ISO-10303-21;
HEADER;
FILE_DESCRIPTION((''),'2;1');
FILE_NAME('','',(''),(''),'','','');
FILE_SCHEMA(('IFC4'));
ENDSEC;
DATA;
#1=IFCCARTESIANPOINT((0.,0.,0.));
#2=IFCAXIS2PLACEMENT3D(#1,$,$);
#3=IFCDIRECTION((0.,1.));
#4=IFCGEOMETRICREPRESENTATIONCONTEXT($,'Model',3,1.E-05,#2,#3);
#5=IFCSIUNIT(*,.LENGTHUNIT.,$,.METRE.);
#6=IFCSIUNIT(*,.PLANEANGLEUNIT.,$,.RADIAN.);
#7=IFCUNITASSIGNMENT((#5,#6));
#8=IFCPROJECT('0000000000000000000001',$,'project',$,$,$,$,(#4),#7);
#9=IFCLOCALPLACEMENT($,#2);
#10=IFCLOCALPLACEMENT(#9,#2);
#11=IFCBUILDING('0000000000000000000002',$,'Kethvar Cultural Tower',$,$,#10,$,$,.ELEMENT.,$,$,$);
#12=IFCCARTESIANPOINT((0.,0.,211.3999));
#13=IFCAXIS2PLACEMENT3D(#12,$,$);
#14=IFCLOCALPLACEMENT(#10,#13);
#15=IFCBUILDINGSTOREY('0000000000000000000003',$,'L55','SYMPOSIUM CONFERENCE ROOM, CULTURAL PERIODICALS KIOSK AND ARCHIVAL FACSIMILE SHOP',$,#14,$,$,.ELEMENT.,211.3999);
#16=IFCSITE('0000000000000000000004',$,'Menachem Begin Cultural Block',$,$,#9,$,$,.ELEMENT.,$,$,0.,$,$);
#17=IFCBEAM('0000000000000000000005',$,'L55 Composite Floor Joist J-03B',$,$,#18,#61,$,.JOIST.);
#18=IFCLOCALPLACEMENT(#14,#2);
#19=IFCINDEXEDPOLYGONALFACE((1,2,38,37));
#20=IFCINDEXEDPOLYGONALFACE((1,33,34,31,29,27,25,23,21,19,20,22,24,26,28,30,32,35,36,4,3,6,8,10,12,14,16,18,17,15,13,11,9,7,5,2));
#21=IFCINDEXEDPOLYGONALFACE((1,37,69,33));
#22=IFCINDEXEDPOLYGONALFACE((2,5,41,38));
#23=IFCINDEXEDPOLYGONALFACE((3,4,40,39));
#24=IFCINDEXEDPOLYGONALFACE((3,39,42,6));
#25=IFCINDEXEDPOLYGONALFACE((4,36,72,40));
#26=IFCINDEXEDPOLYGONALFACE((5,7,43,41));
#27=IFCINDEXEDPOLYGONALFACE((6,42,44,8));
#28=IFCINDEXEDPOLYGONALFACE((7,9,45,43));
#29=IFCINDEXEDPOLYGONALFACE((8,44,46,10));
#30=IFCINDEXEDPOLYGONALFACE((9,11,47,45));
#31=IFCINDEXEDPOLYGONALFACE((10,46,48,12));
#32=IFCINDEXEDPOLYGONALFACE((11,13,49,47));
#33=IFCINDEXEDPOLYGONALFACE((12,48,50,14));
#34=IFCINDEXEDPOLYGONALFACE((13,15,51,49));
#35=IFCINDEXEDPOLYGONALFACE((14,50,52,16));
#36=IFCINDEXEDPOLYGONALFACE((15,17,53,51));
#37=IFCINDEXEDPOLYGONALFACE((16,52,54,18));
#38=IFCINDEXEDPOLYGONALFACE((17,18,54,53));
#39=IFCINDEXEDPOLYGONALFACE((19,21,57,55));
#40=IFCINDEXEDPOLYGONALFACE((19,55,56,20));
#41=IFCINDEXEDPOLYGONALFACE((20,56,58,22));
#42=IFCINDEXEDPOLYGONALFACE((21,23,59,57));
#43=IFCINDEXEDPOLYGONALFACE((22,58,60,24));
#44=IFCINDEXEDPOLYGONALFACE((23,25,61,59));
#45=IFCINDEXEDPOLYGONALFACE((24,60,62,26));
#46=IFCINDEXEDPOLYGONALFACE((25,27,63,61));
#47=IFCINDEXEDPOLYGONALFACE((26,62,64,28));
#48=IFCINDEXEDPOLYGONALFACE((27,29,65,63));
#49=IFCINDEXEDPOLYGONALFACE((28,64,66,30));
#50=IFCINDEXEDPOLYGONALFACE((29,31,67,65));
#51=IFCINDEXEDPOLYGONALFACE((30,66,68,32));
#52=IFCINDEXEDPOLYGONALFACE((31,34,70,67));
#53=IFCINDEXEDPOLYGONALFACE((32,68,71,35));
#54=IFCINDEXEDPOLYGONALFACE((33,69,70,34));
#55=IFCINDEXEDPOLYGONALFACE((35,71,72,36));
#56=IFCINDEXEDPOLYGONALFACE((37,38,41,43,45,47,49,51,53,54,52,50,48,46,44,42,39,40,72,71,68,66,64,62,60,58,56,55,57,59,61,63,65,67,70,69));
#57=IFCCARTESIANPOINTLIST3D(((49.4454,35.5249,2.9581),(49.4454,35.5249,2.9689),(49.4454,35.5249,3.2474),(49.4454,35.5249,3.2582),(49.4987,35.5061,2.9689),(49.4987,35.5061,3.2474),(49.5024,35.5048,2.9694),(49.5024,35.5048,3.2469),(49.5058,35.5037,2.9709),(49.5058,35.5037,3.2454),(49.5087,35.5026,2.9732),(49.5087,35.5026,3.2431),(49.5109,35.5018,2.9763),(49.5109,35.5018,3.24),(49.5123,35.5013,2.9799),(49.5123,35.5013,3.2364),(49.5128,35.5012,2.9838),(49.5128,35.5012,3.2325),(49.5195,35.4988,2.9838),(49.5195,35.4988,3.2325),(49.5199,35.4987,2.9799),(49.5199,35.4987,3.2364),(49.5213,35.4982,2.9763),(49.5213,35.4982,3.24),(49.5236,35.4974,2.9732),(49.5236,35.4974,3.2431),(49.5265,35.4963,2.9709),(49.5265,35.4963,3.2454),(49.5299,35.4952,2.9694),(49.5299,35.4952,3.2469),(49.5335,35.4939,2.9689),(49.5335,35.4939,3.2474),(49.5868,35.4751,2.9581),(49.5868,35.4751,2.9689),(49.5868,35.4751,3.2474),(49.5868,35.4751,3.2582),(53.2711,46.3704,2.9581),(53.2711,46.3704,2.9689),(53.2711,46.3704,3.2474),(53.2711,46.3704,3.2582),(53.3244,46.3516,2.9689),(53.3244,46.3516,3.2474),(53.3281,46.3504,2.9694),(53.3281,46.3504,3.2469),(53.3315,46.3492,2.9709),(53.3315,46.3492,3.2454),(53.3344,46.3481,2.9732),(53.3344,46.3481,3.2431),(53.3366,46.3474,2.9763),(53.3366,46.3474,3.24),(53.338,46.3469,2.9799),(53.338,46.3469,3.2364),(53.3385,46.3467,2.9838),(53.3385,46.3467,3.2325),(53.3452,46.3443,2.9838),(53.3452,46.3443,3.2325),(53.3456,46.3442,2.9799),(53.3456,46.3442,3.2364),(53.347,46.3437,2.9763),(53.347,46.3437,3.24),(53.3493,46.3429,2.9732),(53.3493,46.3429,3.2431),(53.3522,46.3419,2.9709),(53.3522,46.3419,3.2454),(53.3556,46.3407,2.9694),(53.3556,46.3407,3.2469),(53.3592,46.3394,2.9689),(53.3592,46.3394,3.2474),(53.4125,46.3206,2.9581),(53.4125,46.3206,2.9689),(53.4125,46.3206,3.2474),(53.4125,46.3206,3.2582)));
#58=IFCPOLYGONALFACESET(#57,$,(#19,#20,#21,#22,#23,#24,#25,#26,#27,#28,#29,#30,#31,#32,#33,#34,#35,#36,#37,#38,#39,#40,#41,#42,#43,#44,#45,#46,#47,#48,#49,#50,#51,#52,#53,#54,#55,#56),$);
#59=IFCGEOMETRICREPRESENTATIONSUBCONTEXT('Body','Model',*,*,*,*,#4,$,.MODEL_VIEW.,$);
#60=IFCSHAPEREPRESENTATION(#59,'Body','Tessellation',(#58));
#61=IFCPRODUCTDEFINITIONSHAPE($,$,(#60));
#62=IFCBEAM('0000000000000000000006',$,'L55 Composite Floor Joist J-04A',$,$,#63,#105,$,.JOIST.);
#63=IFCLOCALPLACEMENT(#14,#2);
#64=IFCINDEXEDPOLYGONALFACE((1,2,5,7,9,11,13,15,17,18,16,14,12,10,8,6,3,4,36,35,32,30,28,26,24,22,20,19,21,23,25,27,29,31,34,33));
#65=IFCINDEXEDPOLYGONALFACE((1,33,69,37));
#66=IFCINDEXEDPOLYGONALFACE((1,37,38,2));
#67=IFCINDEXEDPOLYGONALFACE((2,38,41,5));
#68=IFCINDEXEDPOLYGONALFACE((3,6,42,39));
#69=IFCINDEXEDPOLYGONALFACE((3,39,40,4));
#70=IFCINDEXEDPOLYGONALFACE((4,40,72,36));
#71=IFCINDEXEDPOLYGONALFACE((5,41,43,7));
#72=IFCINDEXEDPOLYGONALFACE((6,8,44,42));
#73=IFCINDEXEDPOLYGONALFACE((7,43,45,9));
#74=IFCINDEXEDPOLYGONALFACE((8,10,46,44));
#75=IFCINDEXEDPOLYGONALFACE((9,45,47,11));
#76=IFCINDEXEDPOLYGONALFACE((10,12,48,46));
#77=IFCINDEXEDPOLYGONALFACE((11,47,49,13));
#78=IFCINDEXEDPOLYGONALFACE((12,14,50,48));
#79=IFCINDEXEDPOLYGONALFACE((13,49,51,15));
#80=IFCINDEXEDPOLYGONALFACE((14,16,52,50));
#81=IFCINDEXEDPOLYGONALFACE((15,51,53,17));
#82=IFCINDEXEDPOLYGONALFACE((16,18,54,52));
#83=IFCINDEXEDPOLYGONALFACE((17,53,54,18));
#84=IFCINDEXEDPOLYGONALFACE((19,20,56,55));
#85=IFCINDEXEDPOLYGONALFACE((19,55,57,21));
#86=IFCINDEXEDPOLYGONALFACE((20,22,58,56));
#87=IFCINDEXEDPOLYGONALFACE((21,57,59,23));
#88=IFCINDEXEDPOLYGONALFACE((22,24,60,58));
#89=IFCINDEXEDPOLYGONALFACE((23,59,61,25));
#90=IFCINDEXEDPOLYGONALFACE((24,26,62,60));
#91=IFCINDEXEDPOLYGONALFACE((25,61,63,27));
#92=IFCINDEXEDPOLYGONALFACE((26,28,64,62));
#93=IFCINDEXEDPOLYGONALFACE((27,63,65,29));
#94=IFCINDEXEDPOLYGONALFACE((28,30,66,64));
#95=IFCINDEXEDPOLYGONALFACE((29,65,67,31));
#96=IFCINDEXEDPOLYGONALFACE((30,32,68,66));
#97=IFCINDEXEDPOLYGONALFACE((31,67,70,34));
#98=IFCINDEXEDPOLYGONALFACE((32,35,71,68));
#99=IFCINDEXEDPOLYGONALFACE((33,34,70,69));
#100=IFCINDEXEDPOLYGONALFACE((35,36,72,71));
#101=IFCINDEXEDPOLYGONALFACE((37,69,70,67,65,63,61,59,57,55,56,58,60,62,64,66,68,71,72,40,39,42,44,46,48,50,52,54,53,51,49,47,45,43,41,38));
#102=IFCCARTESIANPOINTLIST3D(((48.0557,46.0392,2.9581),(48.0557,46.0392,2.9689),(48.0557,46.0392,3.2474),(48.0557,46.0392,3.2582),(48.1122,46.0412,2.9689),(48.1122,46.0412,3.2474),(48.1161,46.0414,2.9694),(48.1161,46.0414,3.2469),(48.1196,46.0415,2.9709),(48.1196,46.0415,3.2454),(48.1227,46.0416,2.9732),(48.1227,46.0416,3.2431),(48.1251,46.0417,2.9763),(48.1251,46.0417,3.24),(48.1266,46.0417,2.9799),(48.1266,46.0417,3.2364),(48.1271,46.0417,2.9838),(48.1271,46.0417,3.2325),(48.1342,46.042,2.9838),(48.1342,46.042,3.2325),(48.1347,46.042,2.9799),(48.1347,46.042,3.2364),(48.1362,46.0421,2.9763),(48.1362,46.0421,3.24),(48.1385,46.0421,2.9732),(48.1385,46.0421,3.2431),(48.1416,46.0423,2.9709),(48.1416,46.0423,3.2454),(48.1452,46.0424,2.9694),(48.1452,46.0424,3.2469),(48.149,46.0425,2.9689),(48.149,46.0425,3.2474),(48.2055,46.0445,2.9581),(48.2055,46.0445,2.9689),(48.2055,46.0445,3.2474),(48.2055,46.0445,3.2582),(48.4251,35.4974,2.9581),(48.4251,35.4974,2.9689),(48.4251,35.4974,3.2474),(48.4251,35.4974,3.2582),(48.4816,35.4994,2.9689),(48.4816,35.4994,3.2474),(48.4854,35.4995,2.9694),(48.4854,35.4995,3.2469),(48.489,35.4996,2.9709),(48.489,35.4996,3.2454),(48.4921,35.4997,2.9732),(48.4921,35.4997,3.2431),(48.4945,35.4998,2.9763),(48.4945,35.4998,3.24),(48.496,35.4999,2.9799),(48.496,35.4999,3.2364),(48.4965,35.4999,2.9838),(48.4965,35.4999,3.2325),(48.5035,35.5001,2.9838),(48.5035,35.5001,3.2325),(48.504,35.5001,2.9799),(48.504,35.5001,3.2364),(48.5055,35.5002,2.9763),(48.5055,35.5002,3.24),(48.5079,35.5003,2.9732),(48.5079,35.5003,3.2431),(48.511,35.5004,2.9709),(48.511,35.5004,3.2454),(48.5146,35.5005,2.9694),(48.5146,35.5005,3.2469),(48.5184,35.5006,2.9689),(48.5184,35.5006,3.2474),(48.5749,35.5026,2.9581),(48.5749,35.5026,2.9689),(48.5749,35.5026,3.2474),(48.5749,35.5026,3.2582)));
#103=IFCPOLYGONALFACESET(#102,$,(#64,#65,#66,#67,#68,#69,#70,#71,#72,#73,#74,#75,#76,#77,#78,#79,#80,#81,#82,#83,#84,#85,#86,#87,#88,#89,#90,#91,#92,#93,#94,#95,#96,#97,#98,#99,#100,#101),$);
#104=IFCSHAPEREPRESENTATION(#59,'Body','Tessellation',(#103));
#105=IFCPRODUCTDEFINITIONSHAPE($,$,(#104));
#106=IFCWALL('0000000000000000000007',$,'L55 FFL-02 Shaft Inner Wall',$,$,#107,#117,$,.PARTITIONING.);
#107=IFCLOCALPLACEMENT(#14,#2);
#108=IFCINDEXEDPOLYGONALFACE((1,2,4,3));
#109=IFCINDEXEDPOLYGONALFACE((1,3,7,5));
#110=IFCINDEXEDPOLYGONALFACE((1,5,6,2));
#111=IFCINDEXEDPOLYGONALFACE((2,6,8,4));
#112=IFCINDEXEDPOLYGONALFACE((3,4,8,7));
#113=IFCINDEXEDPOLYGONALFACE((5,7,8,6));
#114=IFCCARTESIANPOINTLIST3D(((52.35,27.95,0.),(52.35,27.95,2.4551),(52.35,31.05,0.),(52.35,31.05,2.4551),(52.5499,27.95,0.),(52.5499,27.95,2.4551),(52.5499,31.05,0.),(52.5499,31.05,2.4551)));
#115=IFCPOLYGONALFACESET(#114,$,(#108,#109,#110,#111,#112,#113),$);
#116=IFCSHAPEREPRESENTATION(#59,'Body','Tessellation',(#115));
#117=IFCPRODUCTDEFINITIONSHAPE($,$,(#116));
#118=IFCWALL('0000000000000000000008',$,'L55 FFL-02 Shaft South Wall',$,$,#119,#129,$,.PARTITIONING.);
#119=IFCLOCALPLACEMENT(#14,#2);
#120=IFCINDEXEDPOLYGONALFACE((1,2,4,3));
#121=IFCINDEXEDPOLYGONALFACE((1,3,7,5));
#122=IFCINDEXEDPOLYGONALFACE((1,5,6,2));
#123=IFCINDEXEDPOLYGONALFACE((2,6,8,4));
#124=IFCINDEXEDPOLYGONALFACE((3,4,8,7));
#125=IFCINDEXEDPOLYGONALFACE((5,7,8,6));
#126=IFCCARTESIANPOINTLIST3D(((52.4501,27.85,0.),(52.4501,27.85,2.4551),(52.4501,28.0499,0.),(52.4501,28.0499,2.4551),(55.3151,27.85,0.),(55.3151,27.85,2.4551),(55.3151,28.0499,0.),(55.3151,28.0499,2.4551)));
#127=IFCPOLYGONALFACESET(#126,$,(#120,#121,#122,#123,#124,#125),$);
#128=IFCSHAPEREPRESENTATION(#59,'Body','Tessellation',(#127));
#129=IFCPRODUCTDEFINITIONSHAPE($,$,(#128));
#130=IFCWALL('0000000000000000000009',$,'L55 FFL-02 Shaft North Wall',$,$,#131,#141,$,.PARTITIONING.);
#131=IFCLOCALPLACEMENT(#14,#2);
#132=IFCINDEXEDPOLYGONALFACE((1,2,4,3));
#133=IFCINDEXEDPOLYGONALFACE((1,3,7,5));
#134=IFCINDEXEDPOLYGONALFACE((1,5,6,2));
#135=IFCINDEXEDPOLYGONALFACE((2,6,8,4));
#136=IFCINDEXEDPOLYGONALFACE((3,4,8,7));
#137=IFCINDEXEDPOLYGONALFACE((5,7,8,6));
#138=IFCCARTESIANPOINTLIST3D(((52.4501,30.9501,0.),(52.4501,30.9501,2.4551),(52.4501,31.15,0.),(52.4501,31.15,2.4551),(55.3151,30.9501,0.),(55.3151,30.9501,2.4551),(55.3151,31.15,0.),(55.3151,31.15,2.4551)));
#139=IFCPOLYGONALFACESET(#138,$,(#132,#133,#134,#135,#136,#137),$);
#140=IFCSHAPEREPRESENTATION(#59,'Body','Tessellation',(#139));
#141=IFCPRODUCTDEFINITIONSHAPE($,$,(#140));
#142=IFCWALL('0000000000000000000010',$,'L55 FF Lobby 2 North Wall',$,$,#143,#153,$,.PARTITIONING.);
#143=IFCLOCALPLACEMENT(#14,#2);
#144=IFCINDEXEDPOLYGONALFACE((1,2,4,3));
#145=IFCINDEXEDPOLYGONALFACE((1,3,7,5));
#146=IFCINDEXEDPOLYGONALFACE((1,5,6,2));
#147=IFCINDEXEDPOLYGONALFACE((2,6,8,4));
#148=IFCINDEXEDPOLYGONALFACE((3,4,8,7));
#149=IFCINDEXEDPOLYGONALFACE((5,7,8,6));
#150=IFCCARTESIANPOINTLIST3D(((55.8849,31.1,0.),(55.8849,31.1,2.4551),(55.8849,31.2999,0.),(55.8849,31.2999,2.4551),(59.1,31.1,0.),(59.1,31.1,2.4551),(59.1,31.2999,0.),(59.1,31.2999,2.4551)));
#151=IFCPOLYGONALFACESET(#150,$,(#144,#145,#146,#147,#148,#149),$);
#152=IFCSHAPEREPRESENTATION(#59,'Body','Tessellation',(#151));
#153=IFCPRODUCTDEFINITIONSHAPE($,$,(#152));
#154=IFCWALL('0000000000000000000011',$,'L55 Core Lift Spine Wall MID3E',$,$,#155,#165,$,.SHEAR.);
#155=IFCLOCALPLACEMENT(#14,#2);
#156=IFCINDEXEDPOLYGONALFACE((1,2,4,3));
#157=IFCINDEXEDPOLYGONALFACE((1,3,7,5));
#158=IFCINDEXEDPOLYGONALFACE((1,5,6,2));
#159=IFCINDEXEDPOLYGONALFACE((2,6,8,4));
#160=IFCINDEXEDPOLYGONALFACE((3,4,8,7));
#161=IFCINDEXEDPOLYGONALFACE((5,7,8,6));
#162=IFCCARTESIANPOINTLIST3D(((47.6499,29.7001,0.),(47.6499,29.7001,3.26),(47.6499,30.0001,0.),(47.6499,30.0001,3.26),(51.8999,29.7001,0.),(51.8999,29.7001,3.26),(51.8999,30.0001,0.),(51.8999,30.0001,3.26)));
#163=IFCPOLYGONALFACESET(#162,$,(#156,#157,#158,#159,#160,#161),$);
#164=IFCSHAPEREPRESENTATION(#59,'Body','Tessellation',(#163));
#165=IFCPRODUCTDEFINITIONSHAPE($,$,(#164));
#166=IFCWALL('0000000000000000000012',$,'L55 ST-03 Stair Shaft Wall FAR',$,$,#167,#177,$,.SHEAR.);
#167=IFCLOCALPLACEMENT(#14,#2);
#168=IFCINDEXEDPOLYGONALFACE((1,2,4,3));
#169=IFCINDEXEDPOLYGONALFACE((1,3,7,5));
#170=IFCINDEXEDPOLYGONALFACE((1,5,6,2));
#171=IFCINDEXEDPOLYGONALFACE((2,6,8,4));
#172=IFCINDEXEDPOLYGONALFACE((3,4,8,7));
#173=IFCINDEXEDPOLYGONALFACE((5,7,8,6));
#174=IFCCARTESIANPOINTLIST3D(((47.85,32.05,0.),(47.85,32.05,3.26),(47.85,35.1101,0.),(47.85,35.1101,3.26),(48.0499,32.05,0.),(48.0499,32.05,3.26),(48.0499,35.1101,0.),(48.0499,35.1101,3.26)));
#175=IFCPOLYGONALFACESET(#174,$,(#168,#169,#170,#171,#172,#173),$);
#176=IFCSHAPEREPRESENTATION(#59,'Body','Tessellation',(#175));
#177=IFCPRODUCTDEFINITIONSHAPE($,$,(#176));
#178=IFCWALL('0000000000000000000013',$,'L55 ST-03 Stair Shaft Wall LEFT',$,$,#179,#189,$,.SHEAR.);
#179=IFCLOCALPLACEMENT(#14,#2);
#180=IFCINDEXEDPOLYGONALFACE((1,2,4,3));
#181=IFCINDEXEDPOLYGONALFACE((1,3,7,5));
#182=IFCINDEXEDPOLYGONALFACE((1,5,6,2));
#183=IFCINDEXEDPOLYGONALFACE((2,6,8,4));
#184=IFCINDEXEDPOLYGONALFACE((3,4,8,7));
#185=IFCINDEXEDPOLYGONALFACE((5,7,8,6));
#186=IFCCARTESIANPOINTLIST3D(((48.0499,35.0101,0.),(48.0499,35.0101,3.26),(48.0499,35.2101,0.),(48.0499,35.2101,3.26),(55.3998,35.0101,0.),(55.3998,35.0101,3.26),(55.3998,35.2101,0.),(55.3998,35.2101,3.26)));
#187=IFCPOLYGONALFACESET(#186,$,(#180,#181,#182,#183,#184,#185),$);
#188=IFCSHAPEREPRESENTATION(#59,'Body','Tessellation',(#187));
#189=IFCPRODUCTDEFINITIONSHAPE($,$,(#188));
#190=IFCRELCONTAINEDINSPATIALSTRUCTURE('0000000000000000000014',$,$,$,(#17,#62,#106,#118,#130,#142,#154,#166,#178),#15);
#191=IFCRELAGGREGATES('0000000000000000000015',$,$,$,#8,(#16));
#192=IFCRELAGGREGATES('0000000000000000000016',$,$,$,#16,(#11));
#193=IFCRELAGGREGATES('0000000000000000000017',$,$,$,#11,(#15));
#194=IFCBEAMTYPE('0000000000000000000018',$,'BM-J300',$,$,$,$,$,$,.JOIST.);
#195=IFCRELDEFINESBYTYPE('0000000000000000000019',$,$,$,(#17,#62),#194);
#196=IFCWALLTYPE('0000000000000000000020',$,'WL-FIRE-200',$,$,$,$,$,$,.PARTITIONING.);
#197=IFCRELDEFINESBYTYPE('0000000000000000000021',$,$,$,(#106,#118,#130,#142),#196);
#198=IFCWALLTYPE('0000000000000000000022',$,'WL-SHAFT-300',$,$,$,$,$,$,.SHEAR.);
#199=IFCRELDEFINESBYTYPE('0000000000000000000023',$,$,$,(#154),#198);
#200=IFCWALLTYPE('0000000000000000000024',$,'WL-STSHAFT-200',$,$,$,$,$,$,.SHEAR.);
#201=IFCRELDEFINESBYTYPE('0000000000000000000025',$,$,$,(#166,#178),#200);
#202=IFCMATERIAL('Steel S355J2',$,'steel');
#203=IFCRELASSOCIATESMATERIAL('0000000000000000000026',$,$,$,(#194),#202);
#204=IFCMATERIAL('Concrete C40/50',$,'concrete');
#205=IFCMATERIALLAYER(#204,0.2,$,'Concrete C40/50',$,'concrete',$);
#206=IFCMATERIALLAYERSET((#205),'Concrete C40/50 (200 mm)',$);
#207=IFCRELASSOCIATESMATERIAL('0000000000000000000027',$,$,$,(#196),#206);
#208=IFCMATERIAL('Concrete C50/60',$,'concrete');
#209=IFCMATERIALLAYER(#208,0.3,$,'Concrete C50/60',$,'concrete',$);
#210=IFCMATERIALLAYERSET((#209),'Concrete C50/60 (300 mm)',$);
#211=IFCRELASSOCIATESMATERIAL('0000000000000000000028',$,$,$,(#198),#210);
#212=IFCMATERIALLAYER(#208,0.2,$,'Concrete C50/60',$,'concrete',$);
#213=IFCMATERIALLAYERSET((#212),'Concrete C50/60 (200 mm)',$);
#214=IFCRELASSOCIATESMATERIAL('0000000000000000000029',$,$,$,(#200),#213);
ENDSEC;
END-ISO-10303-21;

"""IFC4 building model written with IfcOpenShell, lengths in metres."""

from ifc_helpers import new_model, si_unit, direction, frame, frame_2d, origin, origin_2d, place, context, subcontext, project, spatial, rectangle, i_section, extrude, source, transform, mapped, material, layer, layer_set, material_profile, profile_set, type_object, element, save


model = new_model("IFC4")

# Units and contexts
model_context = context("Model", 3, precision=1e-05, world=origin(), true_north=direction((0.0, 1.0)))
body_context = subcontext(model_context, "Body", "Model", "MODEL_VIEW")
ifc_project = project(units=[si_unit("LENGTHUNIT", "METRE"), si_unit("PLANEANGLEUNIT", "RADIAN")], contexts=[model_context])

# Site, building, storey
site_placement = place(None, origin())
site = spatial("IfcSite", under=ifc_project, at=site_placement, Name="Menachem Begin Cultural Block", CompositionType="ELEMENT", RefElevation=0.0)
building_placement = place(site_placement, origin())
building = spatial("IfcBuilding", under=site, at=building_placement, Name="Kethvar Cultural Tower", CompositionType="ELEMENT")
storey_placement = place(building_placement, frame((0.0, 0.0, 211.3999)))
storey = spatial("IfcBuildingStorey", under=building, at=storey_placement, Name="L55", Description="SYMPOSIUM CONFERENCE ROOM, CULTURAL PERIODICALS KIOSK AND ARCHIVAL FACSIMILE SHOP", CompositionType="ELEMENT", Elevation=211.3999)

# Beams
ifc_material_1 = material(Name="Steel S355J2", Category="steel")
ifc_material_profile_1 = material_profile(ifc_material_1, i_section(OverallWidth=0.1499, OverallDepth=0.3, WebThickness=0.0071, FlangeThickness=0.0107, FilletRadius=0.0149, at=origin_2d()), Name="Steel S355J2 — IPE300")
ifc_profile_set_1 = profile_set([ifc_material_profile_1], Name="Steel S355J2 — IPE300")
beam_type_1 = type_object("IfcBeamType", Name="BM-J300", PredefinedType="JOIST", material=ifc_profile_set_1)
shared_shape_1 = source(origin(), body_context, "Body", "SweptSolid", [
    extrude(i_section(OverallWidth=0.1499, OverallDepth=0.3, WebThickness=0.0071, FlangeThickness=0.0107, FilletRadius=0.0149, at=origin_2d()), origin(), (0.0, 0.0, 1.0), 11.5005),
])
beam_1_placement = place(storey_placement, frame((49.5161, 35.5, 3.1082), z_axis=(0.332656, 0.943048, 0.0), x_axis=(-0.943048, 0.332656, 0.0)))
element("IfcBeam", 1, at=beam_1_placement, inside=storey, type_object=beam_type_1, Name="L55 Composite Floor Joist J-03B", PredefinedType="JOIST", context=body_context, shape_type="MappedRepresentation", body=[
    mapped(shared_shape_1, transform((0.0, 0.0, 0.0), scale=1.0)),
])
shared_shape_2 = source(origin(), body_context, "Body", "SweptSolid", [
    extrude(i_section(OverallWidth=0.1499, OverallDepth=0.3, WebThickness=0.0071, FlangeThickness=0.0107, FilletRadius=0.0149, at=origin_2d()), origin(), (0.0, 0.0, 1.0), 10.5483),
])
beam_2_placement = place(storey_placement, frame((48.5, 35.5, 3.1082), z_axis=(-0.035018, 0.999387, 0.0), x_axis=(-0.999387, -0.035018, 0.0)))
element("IfcBeam", 2, at=beam_2_placement, inside=storey, type_object=beam_type_1, Name="L55 Composite Floor Joist J-04A", PredefinedType="JOIST", context=body_context, shape_type="MappedRepresentation", body=[
    mapped(shared_shape_2, transform((0.0, 0.0, 0.0), scale=1.0)),
])

# Walls
ifc_material_2 = material(Name="Concrete C40/50", Category="concrete")
ifc_layer_1 = layer(ifc_material_2, 0.2, Name="Concrete C40/50", Category="concrete")
ifc_layer_set_1 = layer_set([ifc_layer_1], Name="Concrete C40/50 (200 mm)")
wall_type_1 = type_object("IfcWallType", Name="WL-FIRE-200", PredefinedType="PARTITIONING", material=ifc_layer_set_1)
wall_1_placement = place(storey_placement, frame((52.45, 27.95, 0.0), z_axis=(0.0, 0.0, 1.0), x_axis=(0.0, 1.0, 0.0)))
element("IfcWall", 3, at=wall_1_placement, inside=storey, type_object=wall_type_1, Name="L55 FFL-02 Shaft Inner Wall", PredefinedType="PARTITIONING", context=body_context, shape_type="SweptSolid", body=[
    extrude(rectangle(XDim=3.1001, YDim=0.2, at=frame_2d((1.55, 0.0))), origin(), (0.0, 0.0, 1.0), 2.4551),
])
for number, where, z_axis, x_axis, name in (
    (4, (52.45, 27.95, 0.0), (0.0, 0.0, 1.0), (1.0, 0.0, 0.0), "L55 FFL-02 Shaft South Wall"),
    (5, (52.45, 31.05, 0.0), (0.0, 0.0, 1.0), (1.0, 0.0, 0.0), "L55 FFL-02 Shaft North Wall"),
):
    element("IfcWall", number, at=place(storey_placement, frame(where, z_axis=z_axis, x_axis=x_axis)), inside=storey, type_object=wall_type_1, Name=name, PredefinedType="PARTITIONING", context=body_context, shape_type="SweptSolid", body=[
        extrude(rectangle(XDim=2.865, YDim=0.2, at=frame_2d((1.4326, 0.0))), origin(), (0.0, 0.0, 1.0), 2.4551),
    ])
wall_2_placement = place(storey_placement, frame((55.885, 31.2, 0.0), z_axis=(0.0, 0.0, 1.0), x_axis=(1.0, 0.0, 0.0)))
element("IfcWall", 6, at=wall_2_placement, inside=storey, type_object=wall_type_1, Name="L55 FF Lobby 2 North Wall", PredefinedType="PARTITIONING", context=body_context, shape_type="SweptSolid", body=[
    extrude(rectangle(XDim=3.2151, YDim=0.2, at=frame_2d((1.6074, 0.0))), origin(), (0.0, 0.0, 1.0), 2.4551),
])
ifc_material_3 = material(Name="Concrete C50/60", Category="concrete")
ifc_layer_2 = layer(ifc_material_3, 0.3, Name="Concrete C50/60", Category="concrete")
ifc_layer_set_2 = layer_set([ifc_layer_2], Name="Concrete C50/60 (300 mm)")
wall_type_2 = type_object("IfcWallType", Name="WL-SHAFT-300", PredefinedType="SHEAR", material=ifc_layer_set_2)
wall_3_placement = place(storey_placement, frame((47.6499, 29.8501, 0.0), z_axis=(0.0, 0.0, 1.0), x_axis=(1.0, 0.0, 0.0)))
element("IfcWall", 7, at=wall_3_placement, inside=storey, type_object=wall_type_2, Name="L55 Core Lift Spine Wall MID3E", PredefinedType="SHEAR", context=body_context, shape_type="SweptSolid", body=[
    extrude(rectangle(XDim=4.25, YDim=0.3, at=frame_2d((2.125, 0.0))), origin(), (0.0, 0.0, 1.0), 3.26),
])
ifc_layer_3 = layer(ifc_material_3, 0.2, Name="Concrete C50/60", Category="concrete")
ifc_layer_set_3 = layer_set([ifc_layer_3], Name="Concrete C50/60 (200 mm)")
wall_type_3 = type_object("IfcWallType", Name="WL-STSHAFT-200", PredefinedType="SHEAR", material=ifc_layer_set_3)
wall_4_placement = place(storey_placement, frame((47.95, 32.05, 0.0), z_axis=(0.0, 0.0, 1.0), x_axis=(0.0, 1.0, 0.0)))
element("IfcWall", 8, at=wall_4_placement, inside=storey, type_object=wall_type_3, Name="L55 ST-03 Stair Shaft Wall FAR", PredefinedType="SHEAR", context=body_context, shape_type="SweptSolid", body=[
    extrude(rectangle(XDim=3.0601, YDim=0.2, at=frame_2d((1.53, 0.0))), origin(), (0.0, 0.0, 1.0), 3.26),
])
for number, where, z_axis, x_axis, name in (
    (9, (48.05, 35.1101, 0.0), (0.0, 0.0, 1.0), (1.0, 0.0, 0.0), "L55 ST-03 Stair Shaft Wall LEFT"),
):
    element("IfcWall", number, at=place(storey_placement, frame(where, z_axis=z_axis, x_axis=x_axis)), inside=storey, type_object=wall_type_3, Name=name, PredefinedType="SHEAR", context=body_context, shape_type="SweptSolid", body=[
        extrude(rectangle(XDim=7.3499, YDim=0.2, at=frame_2d((3.6748, 0.0))), origin(), (0.0, 0.0, 1.0), 3.26),
    ])

save(model, "model.ifc")
